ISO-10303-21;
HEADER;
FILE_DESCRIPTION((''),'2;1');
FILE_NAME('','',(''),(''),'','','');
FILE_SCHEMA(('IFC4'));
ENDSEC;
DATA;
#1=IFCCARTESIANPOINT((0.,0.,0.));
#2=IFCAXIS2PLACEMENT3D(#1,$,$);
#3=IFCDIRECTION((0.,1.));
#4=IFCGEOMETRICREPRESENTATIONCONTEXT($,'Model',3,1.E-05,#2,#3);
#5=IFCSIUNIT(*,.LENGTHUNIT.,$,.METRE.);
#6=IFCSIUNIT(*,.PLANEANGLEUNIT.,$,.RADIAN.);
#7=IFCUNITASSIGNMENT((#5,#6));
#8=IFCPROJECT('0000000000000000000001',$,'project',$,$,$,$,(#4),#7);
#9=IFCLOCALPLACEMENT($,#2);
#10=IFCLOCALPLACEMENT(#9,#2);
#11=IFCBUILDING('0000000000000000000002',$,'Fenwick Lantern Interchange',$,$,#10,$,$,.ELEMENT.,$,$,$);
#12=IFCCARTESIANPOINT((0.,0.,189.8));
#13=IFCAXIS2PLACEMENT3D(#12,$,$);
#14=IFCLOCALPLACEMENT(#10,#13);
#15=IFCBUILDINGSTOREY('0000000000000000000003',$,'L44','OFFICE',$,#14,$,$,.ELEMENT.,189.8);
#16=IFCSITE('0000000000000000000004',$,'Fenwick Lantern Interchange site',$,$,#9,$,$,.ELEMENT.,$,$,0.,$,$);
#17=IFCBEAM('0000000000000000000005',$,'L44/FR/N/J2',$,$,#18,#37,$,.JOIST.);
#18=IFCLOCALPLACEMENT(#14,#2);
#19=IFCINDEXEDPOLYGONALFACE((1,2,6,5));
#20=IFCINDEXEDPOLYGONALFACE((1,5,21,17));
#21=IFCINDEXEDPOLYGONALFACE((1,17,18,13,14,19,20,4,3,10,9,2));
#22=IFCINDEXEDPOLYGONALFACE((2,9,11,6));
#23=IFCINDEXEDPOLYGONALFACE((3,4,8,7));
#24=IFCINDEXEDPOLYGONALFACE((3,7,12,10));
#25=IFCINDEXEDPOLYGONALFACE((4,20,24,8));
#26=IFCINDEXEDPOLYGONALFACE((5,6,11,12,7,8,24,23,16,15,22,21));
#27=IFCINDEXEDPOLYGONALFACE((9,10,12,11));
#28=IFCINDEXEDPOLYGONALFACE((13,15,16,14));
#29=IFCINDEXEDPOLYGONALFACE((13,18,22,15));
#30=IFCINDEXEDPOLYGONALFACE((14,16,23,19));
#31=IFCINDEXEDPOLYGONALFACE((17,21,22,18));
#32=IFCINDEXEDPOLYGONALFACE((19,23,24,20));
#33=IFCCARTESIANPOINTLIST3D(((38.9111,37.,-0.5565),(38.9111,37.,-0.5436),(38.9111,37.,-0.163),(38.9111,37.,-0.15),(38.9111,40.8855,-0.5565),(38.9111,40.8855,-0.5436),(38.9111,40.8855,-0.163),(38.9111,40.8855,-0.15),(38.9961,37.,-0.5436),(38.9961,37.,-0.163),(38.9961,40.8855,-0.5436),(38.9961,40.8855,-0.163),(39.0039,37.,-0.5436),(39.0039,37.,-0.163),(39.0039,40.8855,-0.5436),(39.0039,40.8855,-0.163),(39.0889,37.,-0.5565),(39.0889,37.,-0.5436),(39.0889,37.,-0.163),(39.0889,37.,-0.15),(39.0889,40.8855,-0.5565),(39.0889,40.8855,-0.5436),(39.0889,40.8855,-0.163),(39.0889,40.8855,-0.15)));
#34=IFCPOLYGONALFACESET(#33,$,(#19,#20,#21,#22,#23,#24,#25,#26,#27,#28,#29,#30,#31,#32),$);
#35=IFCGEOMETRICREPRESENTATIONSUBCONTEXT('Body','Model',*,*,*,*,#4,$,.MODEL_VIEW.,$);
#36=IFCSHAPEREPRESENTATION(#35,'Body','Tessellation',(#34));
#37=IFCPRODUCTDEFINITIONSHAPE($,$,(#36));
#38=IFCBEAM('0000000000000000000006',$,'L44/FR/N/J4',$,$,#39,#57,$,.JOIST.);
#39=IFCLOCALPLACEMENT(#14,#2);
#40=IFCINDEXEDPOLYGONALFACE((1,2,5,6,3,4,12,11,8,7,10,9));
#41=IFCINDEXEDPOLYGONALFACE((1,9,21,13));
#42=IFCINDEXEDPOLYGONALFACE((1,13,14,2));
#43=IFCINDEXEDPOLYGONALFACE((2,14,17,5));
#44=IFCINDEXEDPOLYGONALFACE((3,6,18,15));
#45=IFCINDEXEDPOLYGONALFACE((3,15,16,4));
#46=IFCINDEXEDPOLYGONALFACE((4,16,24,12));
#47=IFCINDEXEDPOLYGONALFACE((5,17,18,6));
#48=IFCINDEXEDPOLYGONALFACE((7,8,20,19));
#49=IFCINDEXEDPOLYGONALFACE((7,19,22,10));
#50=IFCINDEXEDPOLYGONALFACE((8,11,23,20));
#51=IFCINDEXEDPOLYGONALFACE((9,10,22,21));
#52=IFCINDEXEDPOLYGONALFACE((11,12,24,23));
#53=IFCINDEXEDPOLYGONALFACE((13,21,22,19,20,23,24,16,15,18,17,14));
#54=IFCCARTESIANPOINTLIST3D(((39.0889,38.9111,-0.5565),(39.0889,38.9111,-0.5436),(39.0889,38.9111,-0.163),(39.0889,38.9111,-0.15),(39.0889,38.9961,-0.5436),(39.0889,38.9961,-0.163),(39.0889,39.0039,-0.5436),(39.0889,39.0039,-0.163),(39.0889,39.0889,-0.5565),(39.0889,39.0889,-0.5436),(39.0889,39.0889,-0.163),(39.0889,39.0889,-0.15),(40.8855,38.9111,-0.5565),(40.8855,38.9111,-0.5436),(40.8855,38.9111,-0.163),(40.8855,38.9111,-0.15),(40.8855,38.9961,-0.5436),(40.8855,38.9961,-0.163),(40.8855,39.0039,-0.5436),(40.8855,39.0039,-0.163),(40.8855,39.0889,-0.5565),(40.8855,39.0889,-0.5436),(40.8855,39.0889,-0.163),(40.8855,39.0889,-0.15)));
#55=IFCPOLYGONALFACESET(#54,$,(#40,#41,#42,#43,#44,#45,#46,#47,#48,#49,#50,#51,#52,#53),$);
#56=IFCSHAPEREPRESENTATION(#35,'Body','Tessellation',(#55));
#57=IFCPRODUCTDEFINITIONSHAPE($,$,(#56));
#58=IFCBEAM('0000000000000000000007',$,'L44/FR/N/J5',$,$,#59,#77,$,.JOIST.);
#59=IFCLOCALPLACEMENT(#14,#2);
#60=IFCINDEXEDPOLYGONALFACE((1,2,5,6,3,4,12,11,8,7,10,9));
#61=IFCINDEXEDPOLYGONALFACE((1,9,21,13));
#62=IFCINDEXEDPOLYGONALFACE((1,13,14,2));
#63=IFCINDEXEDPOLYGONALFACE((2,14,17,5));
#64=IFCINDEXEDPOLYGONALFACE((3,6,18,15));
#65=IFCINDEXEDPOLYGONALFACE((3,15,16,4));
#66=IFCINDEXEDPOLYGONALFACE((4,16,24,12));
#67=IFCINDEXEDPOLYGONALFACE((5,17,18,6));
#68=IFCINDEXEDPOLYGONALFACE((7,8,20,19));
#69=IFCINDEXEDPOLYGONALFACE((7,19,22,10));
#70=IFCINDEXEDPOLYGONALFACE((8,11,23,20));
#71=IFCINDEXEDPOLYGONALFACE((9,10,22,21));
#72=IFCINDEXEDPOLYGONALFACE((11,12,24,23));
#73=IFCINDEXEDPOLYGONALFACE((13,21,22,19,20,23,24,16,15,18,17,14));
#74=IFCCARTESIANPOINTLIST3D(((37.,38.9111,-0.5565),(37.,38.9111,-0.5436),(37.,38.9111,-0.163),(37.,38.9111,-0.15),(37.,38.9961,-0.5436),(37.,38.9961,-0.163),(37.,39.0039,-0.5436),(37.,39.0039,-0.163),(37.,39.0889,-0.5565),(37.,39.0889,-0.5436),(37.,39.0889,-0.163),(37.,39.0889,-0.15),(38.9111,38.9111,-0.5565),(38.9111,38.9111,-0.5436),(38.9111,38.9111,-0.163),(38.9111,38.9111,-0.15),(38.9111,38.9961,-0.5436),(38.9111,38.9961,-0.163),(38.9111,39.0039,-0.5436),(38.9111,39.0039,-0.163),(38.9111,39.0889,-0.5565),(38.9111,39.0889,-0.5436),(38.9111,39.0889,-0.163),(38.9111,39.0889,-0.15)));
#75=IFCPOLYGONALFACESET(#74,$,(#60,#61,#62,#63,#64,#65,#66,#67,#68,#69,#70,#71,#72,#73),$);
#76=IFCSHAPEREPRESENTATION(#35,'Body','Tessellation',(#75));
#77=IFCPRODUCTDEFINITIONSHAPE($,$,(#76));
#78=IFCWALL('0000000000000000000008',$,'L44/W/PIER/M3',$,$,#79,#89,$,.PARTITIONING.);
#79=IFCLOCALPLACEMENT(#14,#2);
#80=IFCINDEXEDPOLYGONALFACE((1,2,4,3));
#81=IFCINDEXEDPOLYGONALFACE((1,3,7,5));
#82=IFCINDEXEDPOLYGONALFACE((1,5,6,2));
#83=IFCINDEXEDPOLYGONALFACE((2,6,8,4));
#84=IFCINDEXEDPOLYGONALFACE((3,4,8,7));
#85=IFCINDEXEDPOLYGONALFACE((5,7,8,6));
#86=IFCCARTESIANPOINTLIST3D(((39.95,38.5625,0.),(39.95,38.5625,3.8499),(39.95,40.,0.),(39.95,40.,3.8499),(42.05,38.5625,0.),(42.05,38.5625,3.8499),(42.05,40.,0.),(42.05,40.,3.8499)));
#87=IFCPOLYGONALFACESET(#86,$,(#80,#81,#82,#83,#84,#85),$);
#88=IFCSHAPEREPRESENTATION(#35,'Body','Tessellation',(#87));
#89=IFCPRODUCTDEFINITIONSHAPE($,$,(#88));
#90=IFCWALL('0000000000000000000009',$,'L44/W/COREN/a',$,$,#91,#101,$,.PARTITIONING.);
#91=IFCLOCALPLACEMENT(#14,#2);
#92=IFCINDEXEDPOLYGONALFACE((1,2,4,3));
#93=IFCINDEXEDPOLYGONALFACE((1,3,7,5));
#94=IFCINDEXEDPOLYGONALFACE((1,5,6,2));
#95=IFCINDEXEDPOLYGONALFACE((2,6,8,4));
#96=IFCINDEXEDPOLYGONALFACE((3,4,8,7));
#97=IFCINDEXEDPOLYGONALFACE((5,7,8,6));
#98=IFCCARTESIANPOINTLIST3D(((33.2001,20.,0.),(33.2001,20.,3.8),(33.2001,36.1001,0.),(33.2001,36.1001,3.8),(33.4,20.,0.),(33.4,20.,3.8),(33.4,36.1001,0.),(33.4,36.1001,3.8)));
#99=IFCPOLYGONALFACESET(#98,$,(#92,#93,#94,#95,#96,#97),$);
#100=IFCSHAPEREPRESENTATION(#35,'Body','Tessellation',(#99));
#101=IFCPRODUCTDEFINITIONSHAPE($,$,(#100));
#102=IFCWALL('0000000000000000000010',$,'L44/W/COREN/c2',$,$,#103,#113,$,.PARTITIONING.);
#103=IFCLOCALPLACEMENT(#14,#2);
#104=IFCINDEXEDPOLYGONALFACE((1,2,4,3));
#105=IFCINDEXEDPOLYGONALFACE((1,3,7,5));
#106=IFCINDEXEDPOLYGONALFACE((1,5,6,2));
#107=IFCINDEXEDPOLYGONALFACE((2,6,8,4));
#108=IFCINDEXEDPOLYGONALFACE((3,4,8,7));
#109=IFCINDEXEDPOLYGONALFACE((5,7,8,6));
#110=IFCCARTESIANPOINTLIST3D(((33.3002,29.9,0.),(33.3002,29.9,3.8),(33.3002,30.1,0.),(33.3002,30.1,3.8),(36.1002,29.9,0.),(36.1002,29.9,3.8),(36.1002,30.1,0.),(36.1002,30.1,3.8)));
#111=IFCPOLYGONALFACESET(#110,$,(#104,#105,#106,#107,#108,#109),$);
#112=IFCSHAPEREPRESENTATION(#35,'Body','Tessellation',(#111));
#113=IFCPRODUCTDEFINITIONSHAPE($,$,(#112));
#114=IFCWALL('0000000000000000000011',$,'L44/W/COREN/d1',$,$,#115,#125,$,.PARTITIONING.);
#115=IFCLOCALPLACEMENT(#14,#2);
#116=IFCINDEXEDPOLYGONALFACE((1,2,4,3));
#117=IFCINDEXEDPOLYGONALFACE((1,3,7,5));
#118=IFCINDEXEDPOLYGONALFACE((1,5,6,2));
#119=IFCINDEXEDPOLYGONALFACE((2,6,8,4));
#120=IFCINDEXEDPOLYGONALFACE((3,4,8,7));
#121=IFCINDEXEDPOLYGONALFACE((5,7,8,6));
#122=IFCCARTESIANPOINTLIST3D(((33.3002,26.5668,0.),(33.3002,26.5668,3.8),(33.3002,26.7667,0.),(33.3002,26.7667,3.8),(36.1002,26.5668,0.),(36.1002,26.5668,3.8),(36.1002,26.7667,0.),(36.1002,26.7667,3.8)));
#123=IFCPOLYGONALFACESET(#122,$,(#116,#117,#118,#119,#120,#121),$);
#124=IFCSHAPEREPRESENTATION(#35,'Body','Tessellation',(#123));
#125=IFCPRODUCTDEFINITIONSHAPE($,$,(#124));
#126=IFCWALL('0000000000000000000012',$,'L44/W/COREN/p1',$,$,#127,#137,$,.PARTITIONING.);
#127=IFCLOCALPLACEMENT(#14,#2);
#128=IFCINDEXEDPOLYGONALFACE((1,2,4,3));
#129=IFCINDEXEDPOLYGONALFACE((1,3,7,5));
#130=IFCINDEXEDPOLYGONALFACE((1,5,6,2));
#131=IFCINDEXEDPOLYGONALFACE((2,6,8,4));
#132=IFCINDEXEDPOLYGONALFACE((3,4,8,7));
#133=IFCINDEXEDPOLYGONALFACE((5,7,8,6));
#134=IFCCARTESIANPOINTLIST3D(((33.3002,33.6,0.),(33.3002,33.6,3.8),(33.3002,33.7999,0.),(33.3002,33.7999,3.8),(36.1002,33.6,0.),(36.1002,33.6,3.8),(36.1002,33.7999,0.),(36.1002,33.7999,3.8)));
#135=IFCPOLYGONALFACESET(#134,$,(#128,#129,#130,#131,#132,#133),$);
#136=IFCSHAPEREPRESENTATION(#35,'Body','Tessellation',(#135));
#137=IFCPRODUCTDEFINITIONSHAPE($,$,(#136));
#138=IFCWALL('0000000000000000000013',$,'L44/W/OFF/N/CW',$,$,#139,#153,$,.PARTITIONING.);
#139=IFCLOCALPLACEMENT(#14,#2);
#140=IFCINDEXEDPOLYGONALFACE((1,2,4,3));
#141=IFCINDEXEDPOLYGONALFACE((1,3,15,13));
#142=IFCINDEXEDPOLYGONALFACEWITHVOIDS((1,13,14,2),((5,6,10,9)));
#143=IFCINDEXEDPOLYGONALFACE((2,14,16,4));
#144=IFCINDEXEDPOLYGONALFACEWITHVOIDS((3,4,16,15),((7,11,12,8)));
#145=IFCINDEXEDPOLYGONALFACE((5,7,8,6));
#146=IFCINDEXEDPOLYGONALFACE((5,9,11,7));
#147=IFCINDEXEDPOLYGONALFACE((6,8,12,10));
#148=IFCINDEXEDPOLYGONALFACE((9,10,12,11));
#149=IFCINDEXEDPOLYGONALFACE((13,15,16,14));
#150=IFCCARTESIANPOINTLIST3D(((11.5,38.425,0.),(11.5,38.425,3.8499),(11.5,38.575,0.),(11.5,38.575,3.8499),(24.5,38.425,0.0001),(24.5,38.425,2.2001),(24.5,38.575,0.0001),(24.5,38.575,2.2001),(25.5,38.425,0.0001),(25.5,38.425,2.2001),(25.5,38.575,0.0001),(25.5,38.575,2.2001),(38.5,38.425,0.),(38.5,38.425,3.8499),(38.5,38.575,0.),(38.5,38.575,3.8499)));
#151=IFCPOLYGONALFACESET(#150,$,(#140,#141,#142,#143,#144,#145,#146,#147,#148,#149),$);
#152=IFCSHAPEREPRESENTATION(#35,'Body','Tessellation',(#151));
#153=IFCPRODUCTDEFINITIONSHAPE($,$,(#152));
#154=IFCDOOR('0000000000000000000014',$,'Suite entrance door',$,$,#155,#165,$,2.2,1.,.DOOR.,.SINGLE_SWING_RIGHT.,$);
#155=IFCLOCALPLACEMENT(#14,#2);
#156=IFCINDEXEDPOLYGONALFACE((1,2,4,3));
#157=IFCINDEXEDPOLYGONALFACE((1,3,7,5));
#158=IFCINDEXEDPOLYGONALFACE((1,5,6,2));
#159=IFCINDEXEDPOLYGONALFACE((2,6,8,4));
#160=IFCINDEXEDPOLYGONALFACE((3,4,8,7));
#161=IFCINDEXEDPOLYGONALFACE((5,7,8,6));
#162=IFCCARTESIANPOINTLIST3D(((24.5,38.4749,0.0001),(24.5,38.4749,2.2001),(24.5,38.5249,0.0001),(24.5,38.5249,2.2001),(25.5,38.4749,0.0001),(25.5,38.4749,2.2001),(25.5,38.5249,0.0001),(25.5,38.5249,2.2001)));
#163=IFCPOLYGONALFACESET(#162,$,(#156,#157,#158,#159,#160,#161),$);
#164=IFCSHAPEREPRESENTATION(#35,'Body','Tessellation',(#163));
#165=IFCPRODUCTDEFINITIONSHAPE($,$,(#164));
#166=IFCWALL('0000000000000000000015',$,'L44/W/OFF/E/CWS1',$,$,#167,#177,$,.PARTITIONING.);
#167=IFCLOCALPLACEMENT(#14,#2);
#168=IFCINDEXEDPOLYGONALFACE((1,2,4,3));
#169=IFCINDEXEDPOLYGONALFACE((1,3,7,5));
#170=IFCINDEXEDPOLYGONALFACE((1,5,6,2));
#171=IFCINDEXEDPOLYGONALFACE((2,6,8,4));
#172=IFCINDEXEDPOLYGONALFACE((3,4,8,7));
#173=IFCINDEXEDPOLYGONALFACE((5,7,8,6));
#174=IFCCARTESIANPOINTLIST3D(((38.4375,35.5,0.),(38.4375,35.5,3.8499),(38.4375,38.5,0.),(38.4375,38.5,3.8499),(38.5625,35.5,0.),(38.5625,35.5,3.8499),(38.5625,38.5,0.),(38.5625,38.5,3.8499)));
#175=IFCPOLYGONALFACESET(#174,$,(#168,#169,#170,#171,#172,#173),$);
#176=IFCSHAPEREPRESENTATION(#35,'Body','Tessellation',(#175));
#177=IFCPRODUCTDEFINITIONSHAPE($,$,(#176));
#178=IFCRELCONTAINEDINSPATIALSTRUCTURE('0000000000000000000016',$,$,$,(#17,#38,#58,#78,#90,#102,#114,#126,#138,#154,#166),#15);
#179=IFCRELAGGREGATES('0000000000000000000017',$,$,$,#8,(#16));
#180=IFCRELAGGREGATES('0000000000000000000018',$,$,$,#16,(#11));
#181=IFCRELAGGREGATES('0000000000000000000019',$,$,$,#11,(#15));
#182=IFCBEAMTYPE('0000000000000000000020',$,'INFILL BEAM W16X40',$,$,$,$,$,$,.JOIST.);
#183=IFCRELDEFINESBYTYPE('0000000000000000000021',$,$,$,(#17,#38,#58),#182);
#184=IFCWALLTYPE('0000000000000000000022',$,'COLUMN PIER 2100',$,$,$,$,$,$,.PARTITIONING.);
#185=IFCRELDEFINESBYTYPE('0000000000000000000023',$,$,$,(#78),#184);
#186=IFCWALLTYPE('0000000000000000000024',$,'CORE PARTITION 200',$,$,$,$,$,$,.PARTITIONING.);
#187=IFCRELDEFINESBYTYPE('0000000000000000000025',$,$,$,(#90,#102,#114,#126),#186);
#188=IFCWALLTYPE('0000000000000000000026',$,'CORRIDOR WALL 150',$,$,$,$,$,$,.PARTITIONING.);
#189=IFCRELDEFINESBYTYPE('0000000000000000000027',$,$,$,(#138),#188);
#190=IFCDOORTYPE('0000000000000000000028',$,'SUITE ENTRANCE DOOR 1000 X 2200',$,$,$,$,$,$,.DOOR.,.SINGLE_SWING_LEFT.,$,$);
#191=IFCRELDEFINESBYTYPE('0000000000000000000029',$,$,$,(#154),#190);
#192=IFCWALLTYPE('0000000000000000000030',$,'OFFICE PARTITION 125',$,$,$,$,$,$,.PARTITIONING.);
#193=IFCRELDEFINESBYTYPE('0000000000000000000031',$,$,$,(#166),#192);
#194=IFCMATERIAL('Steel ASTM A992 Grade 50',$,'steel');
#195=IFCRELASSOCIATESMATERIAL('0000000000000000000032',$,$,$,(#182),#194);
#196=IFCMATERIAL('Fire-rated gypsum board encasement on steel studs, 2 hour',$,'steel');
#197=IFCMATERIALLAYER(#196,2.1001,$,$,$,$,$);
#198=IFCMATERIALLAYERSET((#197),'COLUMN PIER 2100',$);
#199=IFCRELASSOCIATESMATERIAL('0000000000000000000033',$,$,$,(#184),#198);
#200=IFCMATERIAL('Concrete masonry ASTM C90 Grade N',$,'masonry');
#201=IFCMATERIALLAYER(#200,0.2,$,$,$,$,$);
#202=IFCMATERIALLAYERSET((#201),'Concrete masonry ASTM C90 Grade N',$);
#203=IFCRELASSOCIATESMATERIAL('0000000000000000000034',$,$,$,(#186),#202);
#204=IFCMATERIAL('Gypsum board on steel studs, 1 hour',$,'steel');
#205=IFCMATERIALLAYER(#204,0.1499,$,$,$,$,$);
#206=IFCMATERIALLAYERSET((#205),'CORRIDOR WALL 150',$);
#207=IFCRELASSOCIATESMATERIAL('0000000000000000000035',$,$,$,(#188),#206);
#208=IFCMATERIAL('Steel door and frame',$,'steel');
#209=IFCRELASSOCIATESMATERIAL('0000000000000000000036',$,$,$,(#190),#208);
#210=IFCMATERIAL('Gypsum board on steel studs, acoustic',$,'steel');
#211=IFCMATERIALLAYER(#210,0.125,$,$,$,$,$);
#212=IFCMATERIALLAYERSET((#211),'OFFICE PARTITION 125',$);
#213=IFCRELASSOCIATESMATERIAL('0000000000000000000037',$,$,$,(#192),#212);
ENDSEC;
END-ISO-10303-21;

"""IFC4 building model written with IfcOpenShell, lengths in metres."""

from ifc_helpers import new_model, si_unit, direction, frame, frame_2d, origin, origin_2d, place, context, subcontext, project, spatial, rectangle, i_section, extrude, material, layer, layer_set, material_profile, profile_set, type_object, element, fill, save


model = new_model("IFC4")

# Units and contexts
model_context = context("Model", 3, precision=1e-05, world=origin(), true_north=direction((0.0, 1.0)))
body_context = subcontext(model_context, "Body", "Model", "MODEL_VIEW")
ifc_project = project(units=[si_unit("LENGTHUNIT", "METRE"), si_unit("PLANEANGLEUNIT", "RADIAN")], contexts=[model_context])

# Site, building, storey
site_placement = place(None, origin())
site = spatial("IfcSite", under=ifc_project, at=site_placement, Name="Fenwick Lantern Interchange site", CompositionType="ELEMENT", RefElevation=0.0)
building_placement = place(site_placement, origin())
building = spatial("IfcBuilding", under=site, at=building_placement, Name="Fenwick Lantern Interchange", CompositionType="ELEMENT")
storey_placement = place(building_placement, frame((0.0, 0.0, 189.8)))
storey = spatial("IfcBuildingStorey", under=building, at=storey_placement, Name="L44", Description="OFFICE", CompositionType="ELEMENT", Elevation=189.8)

# Beams
ifc_material_1 = material(Name="Steel ASTM A992 Grade 50", Category="steel")
ifc_material_profile = material_profile(ifc_material_1, i_section(OverallWidth=0.1777, OverallDepth=0.4065, WebThickness=0.0078, FlangeThickness=0.0129, at=origin_2d()), Name="W16X40")
ifc_profile_set = profile_set([ifc_material_profile], Name="Steel ASTM A992 Grade 50")
beam_type = type_object("IfcBeamType", Name="INFILL BEAM W16X40", PredefinedType="JOIST", material=ifc_profile_set)
beam_1_placement = place(storey_placement, frame((39.0, 40.8855, -0.3533), z_axis=(0.0, -1.0, 0.0), x_axis=(1.0, 0.0, 0.0)))
element("IfcBeam", 1, at=beam_1_placement, inside=storey, type_object=beam_type, Name="L44/FR/N/J2", PredefinedType="JOIST", context=body_context, shape_type="SweptSolid", body=[
    extrude(i_section(OverallWidth=0.1777, OverallDepth=0.4065, WebThickness=0.0078, FlangeThickness=0.0129, at=origin_2d()), origin(), (0.0, 0.0, 1.0), 3.8855),
])
beam_2_placement = place(storey_placement, frame((40.8855, 39.0, -0.3533), z_axis=(-1.0, 0.0, 0.0), x_axis=(0.0, -1.0, 0.0)))
element("IfcBeam", 2, at=beam_2_placement, inside=storey, type_object=beam_type, Name="L44/FR/N/J4", PredefinedType="JOIST", context=body_context, shape_type="SweptSolid", body=[
    extrude(i_section(OverallWidth=0.1777, OverallDepth=0.4065, WebThickness=0.0078, FlangeThickness=0.0129, at=origin_2d()), origin(), (0.0, 0.0, 1.0), 1.7966),
])
beam_3_placement = place(storey_placement, frame((38.9111, 39.0, -0.3533), z_axis=(-1.0, 0.0, 0.0), x_axis=(0.0, -1.0, 0.0)))
element("IfcBeam", 3, at=beam_3_placement, inside=storey, type_object=beam_type, Name="L44/FR/N/J5", PredefinedType="JOIST", context=body_context, shape_type="SweptSolid", body=[
    extrude(i_section(OverallWidth=0.1777, OverallDepth=0.4065, WebThickness=0.0078, FlangeThickness=0.0129, at=origin_2d()), origin(), (0.0, 0.0, 1.0), 1.9111),
])

# Walls
ifc_material_2 = material(Name="Fire-rated gypsum board encasement on steel studs, 2 hour", Category="steel")
ifc_layer_1 = layer(ifc_material_2, 2.1001)
ifc_layer_set_1 = layer_set([ifc_layer_1], Name="COLUMN PIER 2100")
wall_type_1 = type_object("IfcWallType", Name="COLUMN PIER 2100", PredefinedType="PARTITIONING", material=ifc_layer_set_1)
wall_1_placement = place(storey_placement, frame((41.0, 38.5625, 0.0), z_axis=(0.0, 0.0, 1.0), x_axis=(0.0, 1.0, 0.0)))
element("IfcWall", 4, at=wall_1_placement, inside=storey, type_object=wall_type_1, Name="L44/W/PIER/M3", PredefinedType="PARTITIONING", context=body_context, shape_type="SweptSolid", body=[
    extrude(rectangle(XDim=1.4375, YDim=2.1001, at=frame_2d((0.7188, 0.0))), origin(), (0.0, 0.0, 1.0), 3.8499),
])
ifc_material_3 = material(Name="Concrete masonry ASTM C90 Grade N", Category="masonry")
ifc_layer_2 = layer(ifc_material_3, 0.2)
ifc_layer_set_2 = layer_set([ifc_layer_2], Name="Concrete masonry ASTM C90 Grade N")
wall_type_2 = type_object("IfcWallType", Name="CORE PARTITION 200", PredefinedType="PARTITIONING", material=ifc_layer_set_2)
wall_2_placement = place(storey_placement, frame((33.3, 36.1001, 0.0), z_axis=(0.0, 0.0, 1.0), x_axis=(0.0, -1.0, 0.0)))
element("IfcWall", 5, at=wall_2_placement, inside=storey, type_object=wall_type_2, Name="L44/W/COREN/a", PredefinedType="PARTITIONING", context=body_context, shape_type="SweptSolid", body=[
    extrude(rectangle(XDim=16.1001, YDim=0.2, at=frame_2d((8.05, 0.0))), origin(), (0.0, 0.0, 1.0), 3.8),
])
for number, where, z_axis, x_axis, name in (
    (6, (36.1001, 30.0, 0.0), (0.0, 0.0, 1.0), (-1.0, 0.0, 0.0), "L44/W/COREN/c2"),
    (7, (36.1001, 26.6667, 0.0), (0.0, 0.0, 1.0), (-1.0, 0.0, 0.0), "L44/W/COREN/d1"),
    (8, (36.1001, 33.7, 0.0), (0.0, 0.0, 1.0), (-1.0, 0.0, 0.0), "L44/W/COREN/p1"),
):
    element("IfcWall", number, at=place(storey_placement, frame(where, z_axis=z_axis, x_axis=x_axis)), inside=storey, type_object=wall_type_2, Name=name, PredefinedType="PARTITIONING", context=body_context, shape_type="SweptSolid", body=[
        extrude(rectangle(XDim=2.8, YDim=0.2, at=frame_2d((1.3999, 0.0))), origin(), (0.0, 0.0, 1.0), 3.8),
    ])

# Shared definitions
ifc_material_4 = material(Name="Steel door and frame", Category="steel")

# Wall, opening, door
ifc_material_5 = material(Name="Gypsum board on steel studs, 1 hour", Category="steel")
ifc_layer_3 = layer(ifc_material_5, 0.1499)
ifc_layer_set_3 = layer_set([ifc_layer_3], Name="CORRIDOR WALL 150")
wall_type_3 = type_object("IfcWallType", Name="CORRIDOR WALL 150", PredefinedType="PARTITIONING", material=ifc_layer_set_3)
wall_3_placement = place(storey_placement, frame((38.5, 38.5, 0.0), z_axis=(0.0, 0.0, 1.0), x_axis=(-1.0, 0.0, 0.0)))
wall_3 = element("IfcWall", 9, at=wall_3_placement, inside=storey, type_object=wall_type_3, Name="L44/W/OFF/N/CW", PredefinedType="PARTITIONING", context=body_context, shape_type="SweptSolid", body=[
    extrude(rectangle(XDim=27.0, YDim=0.1499, at=frame_2d((13.5, 0.0))), origin(), (0.0, 0.0, 1.0), 3.8499),
])
opening_1_placement = place(wall_3_placement, frame((13.0, 0.0, 0.0)))
opening_1 = element("IfcOpeningElement", 10, at=opening_1_placement, cuts=wall_3, PredefinedType="OPENING", context=body_context, shape_type="SweptSolid", body=[
    extrude(rectangle(XDim=1.0, YDim=2.2, at=frame_2d((0.5, 1.1001))), frame((0.0, 0.085, 0.0), z_axis=(0.0, -1.0, 0.0), x_axis=(1.0, 0.0, 0.0)), (0.0, 0.0, 1.0), 0.1699),
])
door_type_1 = type_object("IfcDoorType", Name="SUITE ENTRANCE DOOR 1000 X 2200", OperationType="SINGLE_SWING_LEFT", PredefinedType="DOOR", material=ifc_material_4)
door_1_placement = place(opening_1_placement, frame((1.0, 0.0, 0.0), z_axis=(0.0, 0.0, 1.0), x_axis=(-1.0, 0.0, 0.0)))
door_1 = element("IfcDoor", 11, at=door_1_placement, inside=storey, type_object=door_type_1, Name="Suite entrance door", OperationType="SINGLE_SWING_RIGHT", OverallHeight=2.2, OverallWidth=1.0, PredefinedType="DOOR", context=body_context, shape_type="SweptSolid", body=[
    extrude(rectangle(XDim=1.0, YDim=2.2, at=frame_2d((0.5, 1.1001))), frame((0.0, 0.0249, 0.0), z_axis=(0.0, -1.0, 0.0), x_axis=(1.0, 0.0, 0.0)), (0.0, 0.0, 1.0), 0.05),
])
fill(opening_1, door_1)

# Wall
ifc_material_6 = material(Name="Gypsum board on steel studs, acoustic", Category="steel")
ifc_layer_4 = layer(ifc_material_6, 0.125)
ifc_layer_set_4 = layer_set([ifc_layer_4], Name="OFFICE PARTITION 125")
wall_type_4 = type_object("IfcWallType", Name="OFFICE PARTITION 125", PredefinedType="PARTITIONING", material=ifc_layer_set_4)
wall_4_placement = place(storey_placement, frame((38.5, 35.5, 0.0), z_axis=(0.0, 0.0, 1.0), x_axis=(0.0, 1.0, 0.0)))
element("IfcWall", 12, at=wall_4_placement, inside=storey, type_object=wall_type_4, Name="L44/W/OFF/E/CWS1", PredefinedType="PARTITIONING", context=body_context, shape_type="SweptSolid", body=[
    extrude(rectangle(XDim=3.0, YDim=0.125, at=frame_2d((1.5, 0.0))), origin(), (0.0, 0.0, 1.0), 3.8499),
])

save(model, "model.ifc")
